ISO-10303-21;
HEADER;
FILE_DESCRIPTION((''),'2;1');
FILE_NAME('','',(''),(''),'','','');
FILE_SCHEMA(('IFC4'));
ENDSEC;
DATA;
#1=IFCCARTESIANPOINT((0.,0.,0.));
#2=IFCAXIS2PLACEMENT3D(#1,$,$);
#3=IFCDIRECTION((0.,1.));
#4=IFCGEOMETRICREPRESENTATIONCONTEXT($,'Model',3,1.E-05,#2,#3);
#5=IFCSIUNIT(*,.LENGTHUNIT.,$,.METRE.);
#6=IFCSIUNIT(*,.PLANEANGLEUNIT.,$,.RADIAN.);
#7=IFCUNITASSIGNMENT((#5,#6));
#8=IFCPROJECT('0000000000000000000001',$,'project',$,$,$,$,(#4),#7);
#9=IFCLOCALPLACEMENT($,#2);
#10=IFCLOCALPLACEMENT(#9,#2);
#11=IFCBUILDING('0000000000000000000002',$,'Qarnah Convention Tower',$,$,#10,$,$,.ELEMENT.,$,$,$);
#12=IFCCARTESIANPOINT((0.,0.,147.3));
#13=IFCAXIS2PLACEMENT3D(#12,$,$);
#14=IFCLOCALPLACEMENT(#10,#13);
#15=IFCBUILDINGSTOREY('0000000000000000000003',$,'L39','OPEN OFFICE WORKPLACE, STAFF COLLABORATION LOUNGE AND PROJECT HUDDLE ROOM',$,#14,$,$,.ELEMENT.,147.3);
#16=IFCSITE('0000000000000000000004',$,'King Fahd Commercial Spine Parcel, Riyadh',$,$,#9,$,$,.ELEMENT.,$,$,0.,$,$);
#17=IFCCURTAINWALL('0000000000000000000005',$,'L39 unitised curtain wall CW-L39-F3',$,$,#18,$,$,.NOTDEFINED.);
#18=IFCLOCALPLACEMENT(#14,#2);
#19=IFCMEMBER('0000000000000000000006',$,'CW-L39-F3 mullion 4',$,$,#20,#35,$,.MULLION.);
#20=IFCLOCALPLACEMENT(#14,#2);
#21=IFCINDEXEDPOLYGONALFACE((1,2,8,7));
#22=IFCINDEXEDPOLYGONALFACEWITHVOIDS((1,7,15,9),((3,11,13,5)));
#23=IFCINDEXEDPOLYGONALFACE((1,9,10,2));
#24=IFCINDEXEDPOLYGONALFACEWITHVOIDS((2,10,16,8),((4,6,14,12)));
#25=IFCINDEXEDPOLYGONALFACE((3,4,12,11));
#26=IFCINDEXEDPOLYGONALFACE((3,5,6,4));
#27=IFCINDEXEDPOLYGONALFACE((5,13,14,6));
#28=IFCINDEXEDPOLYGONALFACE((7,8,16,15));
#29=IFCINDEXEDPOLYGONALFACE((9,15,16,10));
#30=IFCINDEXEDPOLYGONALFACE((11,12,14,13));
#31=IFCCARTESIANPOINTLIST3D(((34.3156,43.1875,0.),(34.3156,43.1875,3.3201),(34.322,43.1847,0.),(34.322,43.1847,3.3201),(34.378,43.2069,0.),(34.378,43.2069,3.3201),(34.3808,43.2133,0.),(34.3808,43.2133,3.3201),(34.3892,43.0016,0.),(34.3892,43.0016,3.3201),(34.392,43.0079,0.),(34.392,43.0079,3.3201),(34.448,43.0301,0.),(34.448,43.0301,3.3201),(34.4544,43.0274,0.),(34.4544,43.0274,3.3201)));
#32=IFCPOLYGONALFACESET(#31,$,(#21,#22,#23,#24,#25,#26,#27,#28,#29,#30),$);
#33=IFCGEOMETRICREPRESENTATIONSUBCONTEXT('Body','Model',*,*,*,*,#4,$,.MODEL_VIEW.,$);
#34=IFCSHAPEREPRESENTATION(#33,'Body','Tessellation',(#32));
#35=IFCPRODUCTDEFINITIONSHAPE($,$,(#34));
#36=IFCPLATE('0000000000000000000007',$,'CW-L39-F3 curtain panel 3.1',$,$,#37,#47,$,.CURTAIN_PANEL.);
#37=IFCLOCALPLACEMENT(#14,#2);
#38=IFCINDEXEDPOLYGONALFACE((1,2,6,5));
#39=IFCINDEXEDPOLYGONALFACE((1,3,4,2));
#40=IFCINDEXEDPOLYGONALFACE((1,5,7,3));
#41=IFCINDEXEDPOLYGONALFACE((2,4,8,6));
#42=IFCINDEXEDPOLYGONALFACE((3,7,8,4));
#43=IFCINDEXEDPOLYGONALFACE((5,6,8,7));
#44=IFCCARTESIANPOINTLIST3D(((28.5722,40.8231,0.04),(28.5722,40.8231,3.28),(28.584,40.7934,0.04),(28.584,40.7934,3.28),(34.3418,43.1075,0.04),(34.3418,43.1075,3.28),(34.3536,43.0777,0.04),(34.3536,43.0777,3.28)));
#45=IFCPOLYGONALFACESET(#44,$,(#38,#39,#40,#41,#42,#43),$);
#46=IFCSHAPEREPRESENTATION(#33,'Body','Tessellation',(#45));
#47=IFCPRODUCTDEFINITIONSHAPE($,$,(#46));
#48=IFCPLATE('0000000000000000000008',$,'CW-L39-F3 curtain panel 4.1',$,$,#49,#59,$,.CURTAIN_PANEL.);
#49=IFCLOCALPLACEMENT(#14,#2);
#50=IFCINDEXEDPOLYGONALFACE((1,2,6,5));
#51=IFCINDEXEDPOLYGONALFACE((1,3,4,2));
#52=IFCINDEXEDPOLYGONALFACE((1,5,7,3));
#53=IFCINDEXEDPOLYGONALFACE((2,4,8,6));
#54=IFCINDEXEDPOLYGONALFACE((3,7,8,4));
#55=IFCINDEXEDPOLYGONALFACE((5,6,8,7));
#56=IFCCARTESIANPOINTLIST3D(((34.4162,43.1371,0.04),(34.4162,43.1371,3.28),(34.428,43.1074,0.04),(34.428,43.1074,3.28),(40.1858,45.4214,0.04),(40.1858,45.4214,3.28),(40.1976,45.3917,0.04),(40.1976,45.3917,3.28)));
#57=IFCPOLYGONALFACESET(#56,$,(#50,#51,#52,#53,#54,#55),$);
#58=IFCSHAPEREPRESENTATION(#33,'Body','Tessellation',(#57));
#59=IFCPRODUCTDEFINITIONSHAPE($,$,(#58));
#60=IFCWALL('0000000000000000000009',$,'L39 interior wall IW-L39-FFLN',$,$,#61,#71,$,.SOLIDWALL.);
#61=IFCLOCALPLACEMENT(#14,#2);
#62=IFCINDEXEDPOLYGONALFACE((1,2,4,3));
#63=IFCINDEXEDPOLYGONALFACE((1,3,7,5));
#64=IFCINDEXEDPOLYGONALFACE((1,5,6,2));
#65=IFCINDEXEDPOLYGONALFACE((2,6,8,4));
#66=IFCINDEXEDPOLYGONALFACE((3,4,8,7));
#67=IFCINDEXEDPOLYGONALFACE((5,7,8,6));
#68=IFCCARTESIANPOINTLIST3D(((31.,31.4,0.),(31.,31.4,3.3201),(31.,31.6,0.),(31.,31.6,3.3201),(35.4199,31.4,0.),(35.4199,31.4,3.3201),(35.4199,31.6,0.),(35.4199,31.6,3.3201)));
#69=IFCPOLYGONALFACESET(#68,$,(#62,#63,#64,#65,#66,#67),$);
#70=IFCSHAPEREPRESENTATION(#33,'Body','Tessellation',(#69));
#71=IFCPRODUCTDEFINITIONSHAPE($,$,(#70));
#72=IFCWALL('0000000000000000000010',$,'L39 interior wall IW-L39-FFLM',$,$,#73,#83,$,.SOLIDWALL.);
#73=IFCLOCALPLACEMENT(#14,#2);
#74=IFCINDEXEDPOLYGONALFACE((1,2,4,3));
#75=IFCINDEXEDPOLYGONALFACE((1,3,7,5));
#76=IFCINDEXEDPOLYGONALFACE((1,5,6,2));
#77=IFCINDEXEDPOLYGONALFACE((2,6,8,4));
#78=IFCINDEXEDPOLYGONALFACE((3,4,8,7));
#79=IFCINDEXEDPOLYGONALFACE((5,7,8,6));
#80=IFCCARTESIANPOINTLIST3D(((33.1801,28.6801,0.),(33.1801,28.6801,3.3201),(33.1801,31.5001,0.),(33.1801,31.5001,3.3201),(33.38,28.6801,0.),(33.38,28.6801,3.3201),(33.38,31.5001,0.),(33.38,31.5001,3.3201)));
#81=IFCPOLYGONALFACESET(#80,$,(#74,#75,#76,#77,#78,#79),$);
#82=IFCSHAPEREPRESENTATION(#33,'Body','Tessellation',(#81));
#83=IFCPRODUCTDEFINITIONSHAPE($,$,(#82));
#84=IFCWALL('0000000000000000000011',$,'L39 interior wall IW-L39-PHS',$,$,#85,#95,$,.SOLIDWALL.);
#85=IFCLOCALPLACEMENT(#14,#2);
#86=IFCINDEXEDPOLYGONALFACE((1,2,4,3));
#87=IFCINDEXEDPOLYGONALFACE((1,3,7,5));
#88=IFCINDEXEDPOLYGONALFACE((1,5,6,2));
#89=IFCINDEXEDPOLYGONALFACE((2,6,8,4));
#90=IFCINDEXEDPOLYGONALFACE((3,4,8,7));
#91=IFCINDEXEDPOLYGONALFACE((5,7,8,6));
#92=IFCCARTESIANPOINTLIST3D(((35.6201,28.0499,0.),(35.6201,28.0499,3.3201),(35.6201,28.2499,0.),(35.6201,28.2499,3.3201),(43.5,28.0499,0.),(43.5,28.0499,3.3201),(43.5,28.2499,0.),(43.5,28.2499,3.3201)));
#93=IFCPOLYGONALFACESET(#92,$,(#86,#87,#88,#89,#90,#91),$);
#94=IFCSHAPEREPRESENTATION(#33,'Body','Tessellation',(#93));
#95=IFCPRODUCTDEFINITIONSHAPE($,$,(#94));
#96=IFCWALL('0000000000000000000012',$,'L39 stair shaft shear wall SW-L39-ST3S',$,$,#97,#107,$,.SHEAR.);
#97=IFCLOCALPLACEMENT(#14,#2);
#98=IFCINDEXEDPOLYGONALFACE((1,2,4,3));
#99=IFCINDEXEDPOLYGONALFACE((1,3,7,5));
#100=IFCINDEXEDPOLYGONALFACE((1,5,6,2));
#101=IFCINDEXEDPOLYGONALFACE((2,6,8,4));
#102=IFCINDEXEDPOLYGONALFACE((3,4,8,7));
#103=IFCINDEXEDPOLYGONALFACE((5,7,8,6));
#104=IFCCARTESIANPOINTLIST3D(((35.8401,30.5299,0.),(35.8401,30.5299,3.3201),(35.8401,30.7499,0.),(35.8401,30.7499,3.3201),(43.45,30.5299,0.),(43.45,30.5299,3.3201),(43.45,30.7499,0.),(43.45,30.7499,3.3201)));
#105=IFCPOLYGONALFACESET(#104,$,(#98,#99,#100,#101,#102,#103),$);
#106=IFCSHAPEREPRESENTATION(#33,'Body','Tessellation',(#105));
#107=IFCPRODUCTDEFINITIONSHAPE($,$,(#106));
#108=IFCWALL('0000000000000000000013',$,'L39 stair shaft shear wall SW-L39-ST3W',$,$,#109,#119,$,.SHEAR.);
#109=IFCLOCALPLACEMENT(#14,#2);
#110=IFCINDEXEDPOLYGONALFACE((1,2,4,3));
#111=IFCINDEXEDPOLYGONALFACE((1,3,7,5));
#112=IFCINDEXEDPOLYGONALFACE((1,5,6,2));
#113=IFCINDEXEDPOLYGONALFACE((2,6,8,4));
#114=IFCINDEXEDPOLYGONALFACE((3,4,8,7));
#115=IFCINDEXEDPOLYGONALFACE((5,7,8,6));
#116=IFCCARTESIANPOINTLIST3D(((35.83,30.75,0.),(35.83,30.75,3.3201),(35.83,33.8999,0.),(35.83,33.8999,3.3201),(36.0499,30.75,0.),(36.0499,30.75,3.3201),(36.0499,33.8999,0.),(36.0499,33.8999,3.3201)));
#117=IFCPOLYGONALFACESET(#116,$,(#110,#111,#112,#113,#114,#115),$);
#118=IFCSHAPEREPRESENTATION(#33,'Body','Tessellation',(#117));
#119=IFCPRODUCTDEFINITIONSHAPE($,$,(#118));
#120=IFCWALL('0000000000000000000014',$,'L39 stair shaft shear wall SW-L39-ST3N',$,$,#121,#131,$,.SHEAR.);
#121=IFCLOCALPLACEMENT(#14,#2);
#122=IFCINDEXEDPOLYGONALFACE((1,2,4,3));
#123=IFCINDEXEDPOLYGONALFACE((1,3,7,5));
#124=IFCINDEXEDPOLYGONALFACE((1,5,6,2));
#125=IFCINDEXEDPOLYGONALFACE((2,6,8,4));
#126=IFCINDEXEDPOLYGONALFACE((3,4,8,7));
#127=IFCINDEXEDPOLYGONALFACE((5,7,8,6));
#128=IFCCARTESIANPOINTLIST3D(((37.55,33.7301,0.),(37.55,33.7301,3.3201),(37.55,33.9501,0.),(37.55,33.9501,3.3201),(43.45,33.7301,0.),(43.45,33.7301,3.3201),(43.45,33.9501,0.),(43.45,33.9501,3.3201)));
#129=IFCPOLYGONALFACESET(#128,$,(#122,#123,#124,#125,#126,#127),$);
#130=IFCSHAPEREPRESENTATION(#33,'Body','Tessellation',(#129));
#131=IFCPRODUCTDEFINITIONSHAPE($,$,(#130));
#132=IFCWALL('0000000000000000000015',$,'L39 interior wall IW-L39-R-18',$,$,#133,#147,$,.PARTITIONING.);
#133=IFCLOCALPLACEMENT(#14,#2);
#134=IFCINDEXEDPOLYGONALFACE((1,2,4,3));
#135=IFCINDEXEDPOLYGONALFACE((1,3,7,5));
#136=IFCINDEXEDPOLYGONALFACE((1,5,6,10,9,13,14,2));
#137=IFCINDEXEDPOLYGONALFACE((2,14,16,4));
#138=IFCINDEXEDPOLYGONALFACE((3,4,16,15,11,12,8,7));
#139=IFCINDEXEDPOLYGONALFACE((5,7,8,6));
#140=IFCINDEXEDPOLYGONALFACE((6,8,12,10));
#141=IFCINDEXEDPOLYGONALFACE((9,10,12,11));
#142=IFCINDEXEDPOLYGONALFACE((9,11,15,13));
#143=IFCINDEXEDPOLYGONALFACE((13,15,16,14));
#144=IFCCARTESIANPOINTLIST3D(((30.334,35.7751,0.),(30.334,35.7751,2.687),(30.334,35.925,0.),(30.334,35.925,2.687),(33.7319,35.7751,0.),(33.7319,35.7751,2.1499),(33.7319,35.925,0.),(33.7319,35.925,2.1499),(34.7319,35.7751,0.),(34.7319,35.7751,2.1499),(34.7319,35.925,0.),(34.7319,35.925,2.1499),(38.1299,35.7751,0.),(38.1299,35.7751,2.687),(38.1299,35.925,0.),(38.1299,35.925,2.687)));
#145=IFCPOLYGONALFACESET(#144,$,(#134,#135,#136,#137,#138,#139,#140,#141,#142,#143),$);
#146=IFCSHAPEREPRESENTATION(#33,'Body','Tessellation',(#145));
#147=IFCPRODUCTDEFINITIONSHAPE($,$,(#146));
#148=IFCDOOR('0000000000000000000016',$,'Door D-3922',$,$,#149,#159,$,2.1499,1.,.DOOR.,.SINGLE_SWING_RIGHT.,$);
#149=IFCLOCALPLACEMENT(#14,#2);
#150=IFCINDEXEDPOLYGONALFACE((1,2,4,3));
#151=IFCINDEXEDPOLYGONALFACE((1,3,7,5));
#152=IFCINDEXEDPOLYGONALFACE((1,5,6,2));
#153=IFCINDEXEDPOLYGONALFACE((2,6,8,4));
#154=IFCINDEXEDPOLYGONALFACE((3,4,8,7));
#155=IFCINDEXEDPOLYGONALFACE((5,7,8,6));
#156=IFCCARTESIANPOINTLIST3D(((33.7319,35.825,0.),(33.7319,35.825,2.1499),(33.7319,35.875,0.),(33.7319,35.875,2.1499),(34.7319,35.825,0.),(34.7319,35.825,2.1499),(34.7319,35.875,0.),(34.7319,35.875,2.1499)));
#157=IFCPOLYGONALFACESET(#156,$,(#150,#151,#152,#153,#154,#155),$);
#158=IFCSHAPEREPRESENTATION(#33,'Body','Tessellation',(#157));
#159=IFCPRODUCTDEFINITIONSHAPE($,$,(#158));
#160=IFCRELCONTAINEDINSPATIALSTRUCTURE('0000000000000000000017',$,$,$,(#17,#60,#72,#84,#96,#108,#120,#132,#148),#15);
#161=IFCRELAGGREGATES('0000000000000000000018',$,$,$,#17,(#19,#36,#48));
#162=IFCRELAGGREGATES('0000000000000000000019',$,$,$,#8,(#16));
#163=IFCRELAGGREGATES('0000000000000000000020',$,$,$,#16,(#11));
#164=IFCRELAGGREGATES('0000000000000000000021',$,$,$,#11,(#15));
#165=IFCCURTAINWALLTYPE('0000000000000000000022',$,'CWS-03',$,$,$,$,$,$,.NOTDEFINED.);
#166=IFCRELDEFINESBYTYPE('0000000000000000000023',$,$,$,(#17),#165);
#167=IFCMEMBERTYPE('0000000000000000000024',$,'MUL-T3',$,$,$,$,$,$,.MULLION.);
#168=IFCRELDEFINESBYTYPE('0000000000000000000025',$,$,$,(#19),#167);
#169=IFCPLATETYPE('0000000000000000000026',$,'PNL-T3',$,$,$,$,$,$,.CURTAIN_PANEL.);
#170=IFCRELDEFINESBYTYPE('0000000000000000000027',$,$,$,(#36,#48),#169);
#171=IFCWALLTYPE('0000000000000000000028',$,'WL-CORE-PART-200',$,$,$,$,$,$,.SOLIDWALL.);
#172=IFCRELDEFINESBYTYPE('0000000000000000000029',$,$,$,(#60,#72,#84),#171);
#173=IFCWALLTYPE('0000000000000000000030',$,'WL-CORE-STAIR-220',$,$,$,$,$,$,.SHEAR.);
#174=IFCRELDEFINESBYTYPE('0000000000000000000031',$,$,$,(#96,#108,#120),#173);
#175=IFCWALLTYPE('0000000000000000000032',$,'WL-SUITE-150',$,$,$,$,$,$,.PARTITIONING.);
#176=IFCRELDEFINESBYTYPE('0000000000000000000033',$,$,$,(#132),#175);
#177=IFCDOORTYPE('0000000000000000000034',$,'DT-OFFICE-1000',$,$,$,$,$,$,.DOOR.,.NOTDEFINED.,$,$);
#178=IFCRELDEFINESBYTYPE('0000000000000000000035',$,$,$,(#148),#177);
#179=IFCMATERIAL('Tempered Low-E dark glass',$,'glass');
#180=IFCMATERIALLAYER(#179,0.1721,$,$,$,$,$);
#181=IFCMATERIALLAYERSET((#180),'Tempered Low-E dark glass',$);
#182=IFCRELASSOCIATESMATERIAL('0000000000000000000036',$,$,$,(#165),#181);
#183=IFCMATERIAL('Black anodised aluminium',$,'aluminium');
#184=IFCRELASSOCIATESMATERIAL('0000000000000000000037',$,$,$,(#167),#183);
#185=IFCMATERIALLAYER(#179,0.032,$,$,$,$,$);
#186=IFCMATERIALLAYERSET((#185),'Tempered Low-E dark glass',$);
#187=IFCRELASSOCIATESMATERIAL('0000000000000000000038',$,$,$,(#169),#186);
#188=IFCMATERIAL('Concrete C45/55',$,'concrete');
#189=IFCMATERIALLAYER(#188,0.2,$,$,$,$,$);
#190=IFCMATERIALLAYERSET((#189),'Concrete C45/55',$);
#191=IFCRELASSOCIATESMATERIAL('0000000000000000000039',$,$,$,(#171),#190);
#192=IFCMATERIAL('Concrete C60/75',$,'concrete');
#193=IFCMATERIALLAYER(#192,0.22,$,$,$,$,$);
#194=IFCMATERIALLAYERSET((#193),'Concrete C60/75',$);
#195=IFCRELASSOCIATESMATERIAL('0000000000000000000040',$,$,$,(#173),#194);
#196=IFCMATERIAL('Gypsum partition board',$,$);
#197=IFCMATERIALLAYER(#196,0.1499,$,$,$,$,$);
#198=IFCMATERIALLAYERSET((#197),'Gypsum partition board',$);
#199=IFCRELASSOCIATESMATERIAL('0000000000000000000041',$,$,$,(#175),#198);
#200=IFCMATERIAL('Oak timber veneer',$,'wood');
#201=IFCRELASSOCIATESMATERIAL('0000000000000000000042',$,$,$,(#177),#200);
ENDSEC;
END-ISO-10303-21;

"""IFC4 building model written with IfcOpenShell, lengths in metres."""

from ifc_helpers import new_model, si_unit, direction, frame, frame_2d, origin, origin_2d, place, context, subcontext, project, spatial, rectangle, hollow_rectangle, extrude, material, layer, layer_set, material_profile, profile_set, type_object, element, fill, aggregate, save


model = new_model("IFC4")

# Units and contexts
model_context = context("Model", 3, precision=1e-05, world=origin(), true_north=direction((0.0, 1.0)))
body_context = subcontext(model_context, "Body", "Model", "MODEL_VIEW")
ifc_project = project(units=[si_unit("LENGTHUNIT", "METRE"), si_unit("PLANEANGLEUNIT", "RADIAN")], contexts=[model_context])

# Site, building, storey
site_placement = place(None, origin())
site = spatial("IfcSite", under=ifc_project, at=site_placement, Name="King Fahd Commercial Spine Parcel, Riyadh", CompositionType="ELEMENT", RefElevation=0.0)
building_placement = place(site_placement, origin())
building = spatial("IfcBuilding", under=site, at=building_placement, Name="Qarnah Convention Tower", CompositionType="ELEMENT")
storey_placement = place(building_placement, frame((0.0, 0.0, 147.3)))
storey = spatial("IfcBuildingStorey", under=building, at=storey_placement, Name="L39", Description="OPEN OFFICE WORKPLACE, STAFF COLLABORATION LOUNGE AND PROJECT HUDDLE ROOM", CompositionType="ELEMENT", Elevation=147.3)

# Shared definitions
ifc_material_1 = material(Name="Concrete C60/75", Category="concrete")

# Curtain wall, member, plates
ifc_material_2 = material(Name="Tempered Low-E dark glass", Category="glass")
ifc_layer_1 = layer(ifc_material_2, 0.1721)
ifc_layer_set_1 = layer_set([ifc_layer_1], Name="Tempered Low-E dark glass")
curtain_wall_type = type_object("IfcCurtainWallType", Name="CWS-03", PredefinedType="NOTDEFINED", material=ifc_layer_set_1)
curtain_wall_placement = place(storey_placement, origin())
curtain_wall = element("IfcCurtainWall", 1, at=curtain_wall_placement, inside=storey, type_object=curtain_wall_type, Name="L39 unitised curtain wall CW-L39-F3", PredefinedType="NOTDEFINED")
ifc_material_3 = material(Name="Black anodised aluminium", Category="aluminium")
ifc_material_profile_1 = material_profile(ifc_material_3, hollow_rectangle(XDim=0.0701, YDim=0.2, WallThickness=0.0049, at=origin_2d()), Name="MUL-70X200")
ifc_profile_set_1 = profile_set([ifc_material_profile_1], Name="Black anodised aluminium")
member_type = type_object("IfcMemberType", Name="MUL-T3", PredefinedType="MULLION", material=ifc_profile_set_1)
member_placement = place(storey_placement, frame((34.385, 43.1074, 0.0), z_axis=(0.0, 0.0, 1.0), x_axis=(0.929777, 0.368124, 0.0)))
member = element("IfcMember", 2, at=member_placement, type_object=member_type, Name="CW-L39-F3 mullion 4", PredefinedType="MULLION", context=body_context, shape_type="SweptSolid", body=[
    extrude(hollow_rectangle(XDim=0.0701, YDim=0.2, WallThickness=0.0049, at=origin_2d()), origin(), (0.0, 0.0, 1.0), 3.3201),
])
ifc_layer_2 = layer(ifc_material_2, 0.032)
ifc_layer_set_2 = layer_set([ifc_layer_2], Name="Tempered Low-E dark glass")
plate_type = type_object("IfcPlateType", Name="PNL-T3", PredefinedType="CURTAIN_PANEL", material=ifc_layer_set_2)
plate_1_placement = place(storey_placement, frame((31.4629, 41.9504, 0.04), z_axis=(0.0, 0.0, 1.0), x_axis=(0.929777, 0.368124, 0.0)))
plate_1 = element("IfcPlate", 3, at=plate_1_placement, type_object=plate_type, Name="CW-L39-F3 curtain panel 3.1", PredefinedType="CURTAIN_PANEL", context=body_context, shape_type="SweptSolid", body=[
    extrude(rectangle(XDim=6.2053, YDim=0.032, at=origin_2d()), origin(), (0.0, 0.0, 1.0), 3.24),
])
plate_2_placement = place(storey_placement, frame((37.3069, 44.2644, 0.04), z_axis=(0.0, 0.0, 1.0), x_axis=(0.929777, 0.368124, 0.0)))
plate_2 = element("IfcPlate", 4, at=plate_2_placement, type_object=plate_type, Name="CW-L39-F3 curtain panel 4.1", PredefinedType="CURTAIN_PANEL", context=body_context, shape_type="SweptSolid", body=[
    extrude(rectangle(XDim=6.2053, YDim=0.032, at=origin_2d()), origin(), (0.0, 0.0, 1.0), 3.24),
])
aggregate(curtain_wall, [member, plate_1, plate_2])

# Shared definitions
ifc_material_4 = material(Name="Concrete C45/55", Category="concrete")
ifc_layer_3 = layer(ifc_material_4, 0.2)
ifc_layer_set_3 = layer_set([ifc_layer_3], Name="Concrete C45/55")
wall_type_1 = type_object("IfcWallType", Name="WL-CORE-PART-200", PredefinedType="SOLIDWALL", material=ifc_layer_set_3)

# Walls
wall_1_placement = place(storey_placement, frame((31.0, 31.5, 0.0), z_axis=(0.0, 0.0, 1.0), x_axis=(1.0, 0.0, 0.0)))
element("IfcWall", 5, at=wall_1_placement, inside=storey, type_object=wall_type_1, Name="L39 interior wall IW-L39-FFLN", PredefinedType="SOLIDWALL", context=body_context, shape_type="SweptSolid", body=[
    extrude(rectangle(XDim=4.4199, YDim=0.2, at=frame_2d((2.21, 0.0))), origin(), (0.0, 0.0, 1.0), 3.3201),
])
wall_2_placement = place(storey_placement, frame((33.28, 28.6799, 0.0), z_axis=(0.0, 0.0, 1.0), x_axis=(0.0, 1.0, 0.0)))
element("IfcWall", 6, at=wall_2_placement, inside=storey, type_object=wall_type_1, Name="L39 interior wall IW-L39-FFLM", PredefinedType="SOLIDWALL", context=body_context, shape_type="SweptSolid", body=[
    extrude(rectangle(XDim=2.8201, YDim=0.2, at=frame_2d((1.4102, 0.0))), origin(), (0.0, 0.0, 1.0), 3.3201),
])
wall_3_placement = place(storey_placement, frame((35.6201, 28.1499, 0.0), z_axis=(0.0, 0.0, 1.0), x_axis=(1.0, 0.0, 0.0)))
element("IfcWall", 7, at=wall_3_placement, inside=storey, type_object=wall_type_1, Name="L39 interior wall IW-L39-PHS", PredefinedType="SOLIDWALL", context=body_context, shape_type="SweptSolid", body=[
    extrude(rectangle(XDim=7.8799, YDim=0.2, at=frame_2d((3.9399, 0.0))), origin(), (0.0, 0.0, 1.0), 3.3201),
])

# Walls
ifc_layer_4 = layer(ifc_material_1, 0.22)
ifc_layer_set_4 = layer_set([ifc_layer_4], Name="Concrete C60/75")
wall_type_2 = type_object("IfcWallType", Name="WL-CORE-STAIR-220", PredefinedType="SHEAR", material=ifc_layer_set_4)
wall_4_placement = place(storey_placement, frame((35.8401, 30.6399, 0.0), z_axis=(0.0, 0.0, 1.0), x_axis=(1.0, 0.0, 0.0)))
element("IfcWall", 8, at=wall_4_placement, inside=storey, type_object=wall_type_2, Name="L39 stair shaft shear wall SW-L39-ST3S", PredefinedType="SHEAR", context=body_context, shape_type="SweptSolid", body=[
    extrude(rectangle(XDim=7.6099, YDim=0.22, at=frame_2d((3.8049, 0.0))), origin(), (0.0, 0.0, 1.0), 3.3201),
])
wall_5_placement = place(storey_placement, frame((35.9399, 30.75, 0.0), z_axis=(0.0, 0.0, 1.0), x_axis=(0.0, 1.0, 0.0)))
element("IfcWall", 9, at=wall_5_placement, inside=storey, type_object=wall_type_2, Name="L39 stair shaft shear wall SW-L39-ST3W", PredefinedType="SHEAR", context=body_context, shape_type="SweptSolid", body=[
    extrude(rectangle(XDim=3.1499, YDim=0.22, at=frame_2d((1.575, 0.0))), origin(), (0.0, 0.0, 1.0), 3.3201),
])
wall_6_placement = place(storey_placement, frame((37.55, 33.8401, 0.0), z_axis=(0.0, 0.0, 1.0), x_axis=(1.0, 0.0, 0.0)))
element("IfcWall", 10, at=wall_6_placement, inside=storey, type_object=wall_type_2, Name="L39 stair shaft shear wall SW-L39-ST3N", PredefinedType="SHEAR", context=body_context, shape_type="SweptSolid", body=[
    extrude(rectangle(XDim=5.8999, YDim=0.22, at=frame_2d((2.95, 0.0))), origin(), (0.0, 0.0, 1.0), 3.3201),
])

# Wall, opening, door
ifc_material_5 = material(Name="Gypsum partition board")
ifc_layer_5 = layer(ifc_material_5, 0.1499)
ifc_layer_set_5 = layer_set([ifc_layer_5], Name="Gypsum partition board")
wall_type_3 = type_object("IfcWallType", Name="WL-SUITE-150", PredefinedType="PARTITIONING", material=ifc_layer_set_5)
wall_7_placement = place(storey_placement, frame((30.334, 35.8501, 0.0), z_axis=(0.0, 0.0, 1.0), x_axis=(1.0, 0.0, 0.0)))
wall_7 = element("IfcWall", 11, at=wall_7_placement, inside=storey, type_object=wall_type_3, Name="L39 interior wall IW-L39-R-18", PredefinedType="PARTITIONING", context=body_context, shape_type="SweptSolid", body=[
    extrude(rectangle(XDim=7.7959, YDim=0.1499, at=frame_2d((3.8979, 0.0))), origin(), (0.0, 0.0, 1.0), 2.687),
])
opening_1_placement = place(wall_7_placement, frame((3.3979, 0.0, 0.0)))
opening_1 = element("IfcOpeningElement", 12, at=opening_1_placement, cuts=wall_7, PredefinedType="OPENING", context=body_context, shape_type="SweptSolid", body=[
    extrude(rectangle(XDim=1.0, YDim=2.1499, at=frame_2d((0.5, 1.075))), frame((0.0, 0.085, 0.0), z_axis=(0.0, -1.0, 0.0), x_axis=(1.0, 0.0, 0.0)), (0.0, 0.0, 1.0), 0.1699),
])
ifc_material_6 = material(Name="Oak timber veneer", Category="wood")
door_type_1 = type_object("IfcDoorType", Name="DT-OFFICE-1000", OperationType="NOTDEFINED", PredefinedType="DOOR", material=ifc_material_6)
door_1_placement = place(opening_1_placement, origin())
door_1 = element("IfcDoor", 13, at=door_1_placement, inside=storey, type_object=door_type_1, Name="Door D-3922", OperationType="SINGLE_SWING_RIGHT", OverallHeight=2.1499, OverallWidth=1.0, PredefinedType="DOOR", context=body_context, shape_type="SweptSolid", body=[
    extrude(rectangle(XDim=1.0, YDim=2.1499, at=frame_2d((0.5, 1.075))), frame((0.0, 0.0249, 0.0), z_axis=(0.0, -1.0, 0.0), x_axis=(1.0, 0.0, 0.0)), (0.0, 0.0, 1.0), 0.05),
])
fill(opening_1, door_1)

save(model, "model.ifc")
